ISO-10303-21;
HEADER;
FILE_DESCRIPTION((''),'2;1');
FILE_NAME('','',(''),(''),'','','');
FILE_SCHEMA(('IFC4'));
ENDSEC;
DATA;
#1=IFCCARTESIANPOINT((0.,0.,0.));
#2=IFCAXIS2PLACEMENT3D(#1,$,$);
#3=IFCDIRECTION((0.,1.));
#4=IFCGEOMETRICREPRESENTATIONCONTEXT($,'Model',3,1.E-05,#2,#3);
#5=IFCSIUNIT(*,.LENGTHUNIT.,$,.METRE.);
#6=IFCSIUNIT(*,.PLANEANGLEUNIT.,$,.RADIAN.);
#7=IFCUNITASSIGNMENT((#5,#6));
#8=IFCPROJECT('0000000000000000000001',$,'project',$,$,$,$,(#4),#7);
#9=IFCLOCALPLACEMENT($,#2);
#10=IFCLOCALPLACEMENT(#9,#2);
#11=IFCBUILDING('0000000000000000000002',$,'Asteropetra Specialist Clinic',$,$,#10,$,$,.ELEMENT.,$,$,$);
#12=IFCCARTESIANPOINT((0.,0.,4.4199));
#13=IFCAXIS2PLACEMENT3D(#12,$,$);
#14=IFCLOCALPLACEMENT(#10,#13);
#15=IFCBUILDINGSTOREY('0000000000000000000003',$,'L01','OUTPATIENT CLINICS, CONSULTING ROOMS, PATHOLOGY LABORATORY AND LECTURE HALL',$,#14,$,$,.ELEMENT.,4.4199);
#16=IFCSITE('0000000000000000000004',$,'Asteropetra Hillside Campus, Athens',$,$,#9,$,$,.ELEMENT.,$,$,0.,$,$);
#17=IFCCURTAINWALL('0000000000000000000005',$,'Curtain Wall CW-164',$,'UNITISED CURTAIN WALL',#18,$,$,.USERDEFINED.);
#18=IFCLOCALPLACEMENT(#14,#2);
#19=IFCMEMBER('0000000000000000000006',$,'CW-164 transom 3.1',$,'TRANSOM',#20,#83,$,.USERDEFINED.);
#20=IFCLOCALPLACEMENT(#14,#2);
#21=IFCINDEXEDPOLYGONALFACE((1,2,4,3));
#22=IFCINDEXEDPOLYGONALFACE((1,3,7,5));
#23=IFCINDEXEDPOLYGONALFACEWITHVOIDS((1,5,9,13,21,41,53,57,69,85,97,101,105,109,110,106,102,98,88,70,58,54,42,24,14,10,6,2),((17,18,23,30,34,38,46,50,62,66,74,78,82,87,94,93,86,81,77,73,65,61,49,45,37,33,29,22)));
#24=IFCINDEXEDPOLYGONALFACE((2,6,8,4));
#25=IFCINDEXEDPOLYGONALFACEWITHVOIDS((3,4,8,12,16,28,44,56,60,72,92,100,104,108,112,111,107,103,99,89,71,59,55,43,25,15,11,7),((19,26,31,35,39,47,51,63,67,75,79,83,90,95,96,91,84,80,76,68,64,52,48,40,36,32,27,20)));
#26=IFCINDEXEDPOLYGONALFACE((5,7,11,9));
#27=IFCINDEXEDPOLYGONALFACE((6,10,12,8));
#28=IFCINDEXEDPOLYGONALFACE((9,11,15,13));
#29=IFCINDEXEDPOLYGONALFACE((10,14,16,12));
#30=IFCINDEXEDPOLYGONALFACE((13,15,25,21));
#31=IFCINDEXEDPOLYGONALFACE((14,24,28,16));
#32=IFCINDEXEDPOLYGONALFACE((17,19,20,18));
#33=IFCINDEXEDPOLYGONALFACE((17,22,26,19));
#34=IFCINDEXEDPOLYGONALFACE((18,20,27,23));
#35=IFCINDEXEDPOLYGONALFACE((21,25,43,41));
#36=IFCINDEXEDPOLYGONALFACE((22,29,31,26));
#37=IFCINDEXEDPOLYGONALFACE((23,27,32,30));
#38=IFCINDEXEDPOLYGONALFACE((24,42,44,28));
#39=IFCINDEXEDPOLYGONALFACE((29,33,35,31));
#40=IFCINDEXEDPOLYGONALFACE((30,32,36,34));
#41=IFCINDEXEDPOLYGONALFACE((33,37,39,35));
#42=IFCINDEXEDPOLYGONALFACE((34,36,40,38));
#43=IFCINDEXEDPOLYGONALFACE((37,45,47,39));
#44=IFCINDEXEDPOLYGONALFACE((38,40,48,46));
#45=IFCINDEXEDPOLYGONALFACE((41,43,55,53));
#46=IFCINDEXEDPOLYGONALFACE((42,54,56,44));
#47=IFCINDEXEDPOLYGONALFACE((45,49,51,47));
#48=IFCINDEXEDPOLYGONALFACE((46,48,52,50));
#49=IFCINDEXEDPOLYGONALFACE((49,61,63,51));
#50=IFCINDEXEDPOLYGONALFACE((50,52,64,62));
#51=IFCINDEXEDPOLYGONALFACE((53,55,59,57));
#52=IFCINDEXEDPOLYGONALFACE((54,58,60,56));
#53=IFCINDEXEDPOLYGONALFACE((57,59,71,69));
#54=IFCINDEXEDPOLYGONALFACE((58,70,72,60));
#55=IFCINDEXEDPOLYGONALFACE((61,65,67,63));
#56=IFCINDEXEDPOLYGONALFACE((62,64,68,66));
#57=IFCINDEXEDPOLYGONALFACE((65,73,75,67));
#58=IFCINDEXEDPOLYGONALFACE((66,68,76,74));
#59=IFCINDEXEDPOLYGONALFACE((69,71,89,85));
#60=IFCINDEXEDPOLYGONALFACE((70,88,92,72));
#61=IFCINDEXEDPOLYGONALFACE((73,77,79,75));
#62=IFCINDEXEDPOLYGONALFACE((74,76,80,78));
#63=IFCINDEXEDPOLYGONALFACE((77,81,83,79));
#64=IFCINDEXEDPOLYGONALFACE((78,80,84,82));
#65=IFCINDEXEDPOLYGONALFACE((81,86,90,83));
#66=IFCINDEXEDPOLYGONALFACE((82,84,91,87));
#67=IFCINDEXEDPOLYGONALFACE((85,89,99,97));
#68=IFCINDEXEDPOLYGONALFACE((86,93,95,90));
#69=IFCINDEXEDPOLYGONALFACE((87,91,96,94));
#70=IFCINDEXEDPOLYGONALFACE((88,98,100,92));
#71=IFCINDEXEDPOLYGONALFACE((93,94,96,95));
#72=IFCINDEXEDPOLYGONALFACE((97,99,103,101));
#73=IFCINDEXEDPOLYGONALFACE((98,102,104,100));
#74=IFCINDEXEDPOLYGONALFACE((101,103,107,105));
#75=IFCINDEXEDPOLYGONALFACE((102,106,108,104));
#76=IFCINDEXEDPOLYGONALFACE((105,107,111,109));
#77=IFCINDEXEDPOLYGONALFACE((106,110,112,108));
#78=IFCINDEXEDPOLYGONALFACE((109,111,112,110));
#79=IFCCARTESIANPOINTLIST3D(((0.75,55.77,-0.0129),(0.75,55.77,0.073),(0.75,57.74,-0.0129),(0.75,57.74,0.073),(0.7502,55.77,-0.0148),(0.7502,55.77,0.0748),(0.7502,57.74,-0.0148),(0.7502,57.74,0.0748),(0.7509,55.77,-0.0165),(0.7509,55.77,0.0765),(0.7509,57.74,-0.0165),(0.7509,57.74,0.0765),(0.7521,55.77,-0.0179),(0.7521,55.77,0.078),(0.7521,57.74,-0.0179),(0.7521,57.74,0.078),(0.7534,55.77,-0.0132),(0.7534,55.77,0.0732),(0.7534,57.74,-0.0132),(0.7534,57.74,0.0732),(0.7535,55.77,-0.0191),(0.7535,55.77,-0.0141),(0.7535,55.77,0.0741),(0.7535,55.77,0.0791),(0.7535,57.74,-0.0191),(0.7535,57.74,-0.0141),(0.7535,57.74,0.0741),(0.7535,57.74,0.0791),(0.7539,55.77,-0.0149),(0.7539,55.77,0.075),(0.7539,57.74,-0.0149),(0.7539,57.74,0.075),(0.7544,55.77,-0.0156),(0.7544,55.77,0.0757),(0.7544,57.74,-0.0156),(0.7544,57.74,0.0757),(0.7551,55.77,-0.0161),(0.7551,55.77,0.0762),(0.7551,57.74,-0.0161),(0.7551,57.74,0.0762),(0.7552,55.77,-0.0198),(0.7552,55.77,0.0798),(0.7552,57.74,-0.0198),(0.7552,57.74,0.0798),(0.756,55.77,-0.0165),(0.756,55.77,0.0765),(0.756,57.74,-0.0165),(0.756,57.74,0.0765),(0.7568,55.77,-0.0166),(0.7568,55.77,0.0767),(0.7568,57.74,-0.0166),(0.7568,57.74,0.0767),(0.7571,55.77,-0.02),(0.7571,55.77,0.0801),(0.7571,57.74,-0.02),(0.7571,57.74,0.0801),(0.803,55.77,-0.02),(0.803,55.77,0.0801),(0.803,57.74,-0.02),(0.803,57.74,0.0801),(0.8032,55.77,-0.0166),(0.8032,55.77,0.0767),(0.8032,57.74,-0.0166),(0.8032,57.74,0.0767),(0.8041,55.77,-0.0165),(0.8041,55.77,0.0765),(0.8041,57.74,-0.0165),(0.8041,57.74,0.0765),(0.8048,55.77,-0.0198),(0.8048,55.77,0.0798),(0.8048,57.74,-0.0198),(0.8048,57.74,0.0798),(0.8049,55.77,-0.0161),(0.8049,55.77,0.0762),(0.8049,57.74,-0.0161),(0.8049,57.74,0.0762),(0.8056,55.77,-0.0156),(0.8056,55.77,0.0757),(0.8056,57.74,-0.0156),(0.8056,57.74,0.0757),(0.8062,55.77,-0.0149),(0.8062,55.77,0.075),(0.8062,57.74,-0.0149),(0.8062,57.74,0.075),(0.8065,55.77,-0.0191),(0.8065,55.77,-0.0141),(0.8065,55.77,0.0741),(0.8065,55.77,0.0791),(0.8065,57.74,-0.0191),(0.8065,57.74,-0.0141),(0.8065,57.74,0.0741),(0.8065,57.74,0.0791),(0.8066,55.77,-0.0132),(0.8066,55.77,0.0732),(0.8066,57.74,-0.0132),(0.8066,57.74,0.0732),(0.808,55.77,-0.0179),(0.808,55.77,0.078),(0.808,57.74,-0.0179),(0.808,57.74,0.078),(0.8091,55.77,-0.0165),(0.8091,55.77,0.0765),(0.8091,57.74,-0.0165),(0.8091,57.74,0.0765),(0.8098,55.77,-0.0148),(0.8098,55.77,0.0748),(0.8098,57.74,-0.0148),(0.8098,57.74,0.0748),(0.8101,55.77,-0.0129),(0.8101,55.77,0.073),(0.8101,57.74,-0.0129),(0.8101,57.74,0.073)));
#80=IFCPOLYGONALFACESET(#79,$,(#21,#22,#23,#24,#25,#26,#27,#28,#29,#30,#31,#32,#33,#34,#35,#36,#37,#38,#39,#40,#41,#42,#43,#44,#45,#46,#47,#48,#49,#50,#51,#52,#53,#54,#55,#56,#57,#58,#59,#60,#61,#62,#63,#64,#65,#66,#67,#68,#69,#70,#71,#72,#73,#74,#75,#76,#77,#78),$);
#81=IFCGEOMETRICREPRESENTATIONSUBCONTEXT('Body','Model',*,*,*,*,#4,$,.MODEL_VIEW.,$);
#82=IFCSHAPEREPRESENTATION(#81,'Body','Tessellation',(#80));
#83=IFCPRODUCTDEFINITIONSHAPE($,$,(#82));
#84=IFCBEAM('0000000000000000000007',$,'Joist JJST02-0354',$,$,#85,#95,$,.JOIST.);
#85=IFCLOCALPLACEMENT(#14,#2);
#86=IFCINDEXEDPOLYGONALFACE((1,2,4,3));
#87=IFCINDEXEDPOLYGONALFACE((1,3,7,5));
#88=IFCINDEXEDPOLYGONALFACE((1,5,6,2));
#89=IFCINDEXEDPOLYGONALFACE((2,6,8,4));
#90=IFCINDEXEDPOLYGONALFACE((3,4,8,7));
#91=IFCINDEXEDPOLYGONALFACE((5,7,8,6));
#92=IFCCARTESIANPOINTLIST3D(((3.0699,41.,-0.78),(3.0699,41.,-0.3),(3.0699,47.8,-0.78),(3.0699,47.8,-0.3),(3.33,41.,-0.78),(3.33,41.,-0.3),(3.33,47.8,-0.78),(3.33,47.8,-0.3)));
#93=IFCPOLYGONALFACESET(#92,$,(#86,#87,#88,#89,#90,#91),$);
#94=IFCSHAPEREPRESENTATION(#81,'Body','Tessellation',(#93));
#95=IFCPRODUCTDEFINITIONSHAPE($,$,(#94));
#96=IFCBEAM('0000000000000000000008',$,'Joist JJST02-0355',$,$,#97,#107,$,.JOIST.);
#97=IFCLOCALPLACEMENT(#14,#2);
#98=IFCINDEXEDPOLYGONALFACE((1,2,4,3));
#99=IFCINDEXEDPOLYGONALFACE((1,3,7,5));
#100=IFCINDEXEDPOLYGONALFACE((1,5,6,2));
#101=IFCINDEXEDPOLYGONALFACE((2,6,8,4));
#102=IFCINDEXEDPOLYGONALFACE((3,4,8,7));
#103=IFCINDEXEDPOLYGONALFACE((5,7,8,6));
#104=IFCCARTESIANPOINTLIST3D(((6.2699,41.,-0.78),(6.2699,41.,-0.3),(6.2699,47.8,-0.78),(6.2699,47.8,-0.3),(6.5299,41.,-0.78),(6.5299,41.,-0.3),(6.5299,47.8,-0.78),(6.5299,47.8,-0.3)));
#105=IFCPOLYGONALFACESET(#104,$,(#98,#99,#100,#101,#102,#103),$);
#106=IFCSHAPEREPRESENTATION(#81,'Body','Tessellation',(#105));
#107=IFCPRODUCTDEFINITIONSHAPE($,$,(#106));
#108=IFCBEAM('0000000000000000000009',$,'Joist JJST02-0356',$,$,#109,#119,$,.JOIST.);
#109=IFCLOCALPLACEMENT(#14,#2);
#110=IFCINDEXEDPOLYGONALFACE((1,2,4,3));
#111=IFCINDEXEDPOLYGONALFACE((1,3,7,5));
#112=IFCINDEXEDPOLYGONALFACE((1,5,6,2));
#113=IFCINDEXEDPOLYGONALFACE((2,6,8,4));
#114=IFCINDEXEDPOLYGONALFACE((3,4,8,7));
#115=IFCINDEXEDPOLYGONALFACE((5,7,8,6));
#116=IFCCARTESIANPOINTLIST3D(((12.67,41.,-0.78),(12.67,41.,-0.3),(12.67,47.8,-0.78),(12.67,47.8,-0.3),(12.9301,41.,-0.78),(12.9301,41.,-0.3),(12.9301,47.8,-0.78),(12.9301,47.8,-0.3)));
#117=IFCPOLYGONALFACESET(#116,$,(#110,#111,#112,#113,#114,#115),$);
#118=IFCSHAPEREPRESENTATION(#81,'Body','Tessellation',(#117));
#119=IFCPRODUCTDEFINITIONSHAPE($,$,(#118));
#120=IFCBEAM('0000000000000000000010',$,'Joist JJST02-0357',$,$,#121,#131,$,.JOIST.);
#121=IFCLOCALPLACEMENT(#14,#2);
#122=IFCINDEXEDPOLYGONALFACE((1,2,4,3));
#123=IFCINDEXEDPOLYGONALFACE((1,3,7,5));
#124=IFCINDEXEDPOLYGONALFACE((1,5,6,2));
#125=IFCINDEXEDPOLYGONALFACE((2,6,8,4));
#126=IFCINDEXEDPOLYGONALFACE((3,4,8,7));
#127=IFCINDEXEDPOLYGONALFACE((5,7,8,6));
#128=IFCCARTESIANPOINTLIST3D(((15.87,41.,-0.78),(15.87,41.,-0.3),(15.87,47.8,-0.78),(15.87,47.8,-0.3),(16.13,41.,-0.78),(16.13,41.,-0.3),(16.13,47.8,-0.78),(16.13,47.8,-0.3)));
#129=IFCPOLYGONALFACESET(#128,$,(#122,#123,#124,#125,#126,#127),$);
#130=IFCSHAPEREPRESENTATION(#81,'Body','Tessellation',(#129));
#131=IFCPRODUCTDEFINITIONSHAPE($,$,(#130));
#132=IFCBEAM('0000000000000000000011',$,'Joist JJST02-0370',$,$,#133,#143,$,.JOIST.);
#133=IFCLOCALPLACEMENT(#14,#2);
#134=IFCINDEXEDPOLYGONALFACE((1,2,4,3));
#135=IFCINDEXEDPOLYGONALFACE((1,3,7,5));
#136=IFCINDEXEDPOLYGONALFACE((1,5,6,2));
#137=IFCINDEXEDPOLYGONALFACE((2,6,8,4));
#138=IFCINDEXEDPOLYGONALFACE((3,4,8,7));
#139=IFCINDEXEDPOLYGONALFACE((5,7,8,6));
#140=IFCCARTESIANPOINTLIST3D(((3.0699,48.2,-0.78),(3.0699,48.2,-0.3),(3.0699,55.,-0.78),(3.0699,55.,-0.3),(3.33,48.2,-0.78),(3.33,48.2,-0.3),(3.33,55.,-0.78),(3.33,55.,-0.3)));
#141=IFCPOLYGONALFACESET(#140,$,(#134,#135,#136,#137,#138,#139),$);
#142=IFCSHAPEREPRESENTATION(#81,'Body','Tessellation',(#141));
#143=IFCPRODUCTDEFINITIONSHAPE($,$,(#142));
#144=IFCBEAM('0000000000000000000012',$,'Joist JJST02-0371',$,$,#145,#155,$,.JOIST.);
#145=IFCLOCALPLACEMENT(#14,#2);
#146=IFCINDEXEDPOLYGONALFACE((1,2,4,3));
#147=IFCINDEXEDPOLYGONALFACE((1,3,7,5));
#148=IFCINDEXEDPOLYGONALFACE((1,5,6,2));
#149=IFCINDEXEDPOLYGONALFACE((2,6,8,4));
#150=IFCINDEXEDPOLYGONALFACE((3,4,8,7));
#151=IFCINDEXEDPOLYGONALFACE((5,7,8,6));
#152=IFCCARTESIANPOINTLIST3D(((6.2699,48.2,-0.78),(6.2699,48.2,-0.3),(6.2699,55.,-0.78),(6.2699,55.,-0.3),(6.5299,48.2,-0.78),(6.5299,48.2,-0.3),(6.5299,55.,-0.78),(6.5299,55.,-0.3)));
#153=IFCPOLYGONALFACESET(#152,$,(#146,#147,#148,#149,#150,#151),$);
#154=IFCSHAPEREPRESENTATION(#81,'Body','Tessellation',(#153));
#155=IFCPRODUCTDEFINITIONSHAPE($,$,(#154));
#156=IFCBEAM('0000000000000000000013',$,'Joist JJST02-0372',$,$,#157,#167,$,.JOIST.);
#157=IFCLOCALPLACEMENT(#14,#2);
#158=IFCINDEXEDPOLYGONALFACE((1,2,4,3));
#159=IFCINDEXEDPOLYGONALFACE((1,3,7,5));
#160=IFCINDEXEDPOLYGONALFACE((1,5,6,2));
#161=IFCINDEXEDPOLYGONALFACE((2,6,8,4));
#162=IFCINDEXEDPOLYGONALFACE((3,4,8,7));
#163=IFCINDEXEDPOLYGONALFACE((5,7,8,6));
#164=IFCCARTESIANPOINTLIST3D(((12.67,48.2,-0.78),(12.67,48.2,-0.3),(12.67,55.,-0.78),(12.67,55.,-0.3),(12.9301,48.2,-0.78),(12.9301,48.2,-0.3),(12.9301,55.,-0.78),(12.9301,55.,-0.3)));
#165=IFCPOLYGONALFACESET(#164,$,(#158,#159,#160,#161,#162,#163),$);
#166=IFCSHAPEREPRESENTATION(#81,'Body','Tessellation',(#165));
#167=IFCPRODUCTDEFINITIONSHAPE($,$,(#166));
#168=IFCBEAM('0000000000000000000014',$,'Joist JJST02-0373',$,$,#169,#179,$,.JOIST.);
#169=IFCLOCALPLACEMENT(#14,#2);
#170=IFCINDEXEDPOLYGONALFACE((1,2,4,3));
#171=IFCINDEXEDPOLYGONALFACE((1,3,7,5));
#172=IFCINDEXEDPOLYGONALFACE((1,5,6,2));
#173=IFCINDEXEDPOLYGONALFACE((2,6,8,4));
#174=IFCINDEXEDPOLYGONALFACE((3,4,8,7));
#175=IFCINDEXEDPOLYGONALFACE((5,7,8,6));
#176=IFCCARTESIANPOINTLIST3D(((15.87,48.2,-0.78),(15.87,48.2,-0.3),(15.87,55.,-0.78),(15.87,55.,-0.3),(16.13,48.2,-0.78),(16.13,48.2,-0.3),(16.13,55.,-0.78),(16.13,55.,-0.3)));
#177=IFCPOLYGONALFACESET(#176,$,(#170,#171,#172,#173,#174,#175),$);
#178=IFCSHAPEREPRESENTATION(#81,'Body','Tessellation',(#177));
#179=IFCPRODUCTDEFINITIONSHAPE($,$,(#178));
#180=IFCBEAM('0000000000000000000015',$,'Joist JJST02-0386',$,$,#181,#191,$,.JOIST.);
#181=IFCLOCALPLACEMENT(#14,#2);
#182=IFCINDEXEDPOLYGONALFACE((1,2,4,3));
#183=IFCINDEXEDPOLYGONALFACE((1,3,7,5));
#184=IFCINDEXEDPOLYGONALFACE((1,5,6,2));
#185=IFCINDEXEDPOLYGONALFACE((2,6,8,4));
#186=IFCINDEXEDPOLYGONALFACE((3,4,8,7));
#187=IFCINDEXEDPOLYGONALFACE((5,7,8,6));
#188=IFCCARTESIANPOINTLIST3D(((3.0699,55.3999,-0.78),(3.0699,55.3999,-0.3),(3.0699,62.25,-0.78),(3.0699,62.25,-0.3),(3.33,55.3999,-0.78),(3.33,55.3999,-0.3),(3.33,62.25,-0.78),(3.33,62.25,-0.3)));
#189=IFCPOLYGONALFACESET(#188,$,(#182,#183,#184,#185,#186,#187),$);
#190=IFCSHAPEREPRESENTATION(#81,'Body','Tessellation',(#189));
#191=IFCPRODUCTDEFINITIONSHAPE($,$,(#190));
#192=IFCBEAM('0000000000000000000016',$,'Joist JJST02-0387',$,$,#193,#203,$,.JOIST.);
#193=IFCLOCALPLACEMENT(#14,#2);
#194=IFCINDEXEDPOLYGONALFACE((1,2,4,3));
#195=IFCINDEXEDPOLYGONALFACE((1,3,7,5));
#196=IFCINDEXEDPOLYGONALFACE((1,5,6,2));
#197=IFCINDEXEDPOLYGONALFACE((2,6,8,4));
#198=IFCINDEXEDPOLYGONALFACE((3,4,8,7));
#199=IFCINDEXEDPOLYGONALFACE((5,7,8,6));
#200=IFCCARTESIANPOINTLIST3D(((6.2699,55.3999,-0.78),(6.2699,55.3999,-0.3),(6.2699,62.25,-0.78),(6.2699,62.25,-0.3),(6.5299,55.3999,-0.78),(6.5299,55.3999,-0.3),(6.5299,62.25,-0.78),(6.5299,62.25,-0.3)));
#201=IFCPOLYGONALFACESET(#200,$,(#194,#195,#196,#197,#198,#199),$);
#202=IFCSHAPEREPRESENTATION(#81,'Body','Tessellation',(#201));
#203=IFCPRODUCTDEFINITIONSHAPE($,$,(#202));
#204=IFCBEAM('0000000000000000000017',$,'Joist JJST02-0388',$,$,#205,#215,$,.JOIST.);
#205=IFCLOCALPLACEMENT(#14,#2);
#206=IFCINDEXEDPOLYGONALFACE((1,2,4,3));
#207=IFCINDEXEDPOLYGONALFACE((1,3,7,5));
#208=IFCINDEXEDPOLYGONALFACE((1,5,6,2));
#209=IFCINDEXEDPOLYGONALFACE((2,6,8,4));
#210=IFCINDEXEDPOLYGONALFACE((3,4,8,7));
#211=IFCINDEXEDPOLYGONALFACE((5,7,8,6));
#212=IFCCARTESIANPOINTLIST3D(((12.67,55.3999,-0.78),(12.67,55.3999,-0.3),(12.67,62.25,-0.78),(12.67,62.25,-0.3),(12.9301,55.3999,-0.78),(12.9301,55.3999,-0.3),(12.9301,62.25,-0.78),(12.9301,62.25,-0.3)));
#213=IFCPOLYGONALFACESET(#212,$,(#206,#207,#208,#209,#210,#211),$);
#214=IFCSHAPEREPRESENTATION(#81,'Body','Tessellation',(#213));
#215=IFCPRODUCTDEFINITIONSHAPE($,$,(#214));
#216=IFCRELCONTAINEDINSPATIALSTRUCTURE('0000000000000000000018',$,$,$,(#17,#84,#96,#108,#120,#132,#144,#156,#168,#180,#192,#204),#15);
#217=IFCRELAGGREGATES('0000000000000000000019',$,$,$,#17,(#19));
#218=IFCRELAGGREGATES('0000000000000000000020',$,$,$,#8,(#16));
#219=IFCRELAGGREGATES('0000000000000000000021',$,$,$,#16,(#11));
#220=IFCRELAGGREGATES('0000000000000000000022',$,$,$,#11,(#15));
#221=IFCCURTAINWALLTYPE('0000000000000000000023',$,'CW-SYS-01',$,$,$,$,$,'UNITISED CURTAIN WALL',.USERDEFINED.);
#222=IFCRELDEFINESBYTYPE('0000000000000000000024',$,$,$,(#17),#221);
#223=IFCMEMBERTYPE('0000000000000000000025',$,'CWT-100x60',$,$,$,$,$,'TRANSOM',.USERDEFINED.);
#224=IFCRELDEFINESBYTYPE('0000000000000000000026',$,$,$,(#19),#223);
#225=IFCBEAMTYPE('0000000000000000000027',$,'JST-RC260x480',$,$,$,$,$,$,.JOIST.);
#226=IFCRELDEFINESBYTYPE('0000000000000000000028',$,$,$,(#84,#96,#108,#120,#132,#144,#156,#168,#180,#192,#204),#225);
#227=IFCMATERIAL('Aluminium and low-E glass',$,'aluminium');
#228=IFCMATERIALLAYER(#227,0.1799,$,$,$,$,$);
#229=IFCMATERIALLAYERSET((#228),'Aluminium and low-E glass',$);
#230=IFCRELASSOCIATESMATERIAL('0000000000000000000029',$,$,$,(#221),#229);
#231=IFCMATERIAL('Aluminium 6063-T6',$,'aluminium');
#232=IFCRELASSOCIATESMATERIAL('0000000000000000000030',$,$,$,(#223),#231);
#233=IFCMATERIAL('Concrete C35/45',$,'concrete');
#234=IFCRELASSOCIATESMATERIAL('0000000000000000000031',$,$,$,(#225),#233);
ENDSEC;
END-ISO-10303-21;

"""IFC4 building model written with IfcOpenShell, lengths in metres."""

from ifc_helpers import new_model, si_unit, direction, frame, origin, origin_2d, place, context, subcontext, project, spatial, rectangle, hollow_rectangle, extrude, material, layer, layer_set, material_profile, profile_set, type_object, element, aggregate, save


model = new_model("IFC4")

# Units and contexts
model_context = context("Model", 3, precision=1e-05, world=origin(), true_north=direction((0.0, 1.0)))
body_context = subcontext(model_context, "Body", "Model", "MODEL_VIEW")
ifc_project = project(units=[si_unit("LENGTHUNIT", "METRE"), si_unit("PLANEANGLEUNIT", "RADIAN")], contexts=[model_context])

# Site, building, storey
site_placement = place(None, origin())
site = spatial("IfcSite", under=ifc_project, at=site_placement, Name="Asteropetra Hillside Campus, Athens", CompositionType="ELEMENT", RefElevation=0.0)
building_placement = place(site_placement, origin())
building = spatial("IfcBuilding", under=site, at=building_placement, Name="Asteropetra Specialist Clinic", CompositionType="ELEMENT")
storey_placement = place(building_placement, frame((0.0, 0.0, 4.4199)))
storey = spatial("IfcBuildingStorey", under=building, at=storey_placement, Name="L01", Description="OUTPATIENT CLINICS, CONSULTING ROOMS, PATHOLOGY LABORATORY AND LECTURE HALL", CompositionType="ELEMENT", Elevation=4.4199)

# Curtain wall, member
ifc_material_1 = material(Name="Aluminium and low-E glass", Category="aluminium")
ifc_layer_1 = layer(ifc_material_1, 0.1799)
ifc_layer_set_1 = layer_set([ifc_layer_1], Name="Aluminium and low-E glass")
curtain_wall_type = type_object("IfcCurtainWallType", Name="CW-SYS-01", ElementType="UNITISED CURTAIN WALL", PredefinedType="USERDEFINED", material=ifc_layer_set_1)
curtain_wall_placement = place(storey_placement, origin())
curtain_wall = element("IfcCurtainWall", 1, at=curtain_wall_placement, inside=storey, type_object=curtain_wall_type, Name="Curtain Wall CW-164", ObjectType="UNITISED CURTAIN WALL", PredefinedType="USERDEFINED")
ifc_material_2 = material(Name="Aluminium 6063-T6", Category="aluminium")
ifc_material_profile_1 = material_profile(ifc_material_2, hollow_rectangle(XDim=0.0601, YDim=0.1001, WallThickness=0.0034, InnerFilletRadius=0.0034, OuterFilletRadius=0.0071, at=origin_2d()), Name="TRN 100x60x3.5")
ifc_profile_set_1 = profile_set([ifc_material_profile_1], Name="Aluminium 6063-T6")
member_type = type_object("IfcMemberType", Name="CWT-100x60", ElementType="TRANSOM", PredefinedType="USERDEFINED", material=ifc_profile_set_1)
member_placement = place(storey_placement, frame((0.78, 57.74, 0.03), z_axis=(0.0, -1.0, 0.0), x_axis=(1.0, 0.0, 0.0)))
member = element("IfcMember", 2, at=member_placement, type_object=member_type, Name="CW-164 transom 3.1", ObjectType="TRANSOM", PredefinedType="USERDEFINED", context=body_context, shape_type="SweptSolid", body=[
    extrude(hollow_rectangle(XDim=0.0601, YDim=0.1001, WallThickness=0.0034, InnerFilletRadius=0.0034, OuterFilletRadius=0.0071, at=origin_2d()), origin(), (0.0, 0.0, 1.0), 1.97),
])

# Beams
ifc_material_3 = material(Name="Concrete C35/45", Category="concrete")
ifc_material_profile_2 = material_profile(ifc_material_3, rectangle(XDim=0.26, YDim=0.48, at=origin_2d()), Name="RCJ 260x480")
ifc_profile_set_2 = profile_set([ifc_material_profile_2], Name="Concrete C35/45")
beam_type_1 = type_object("IfcBeamType", Name="JST-RC260x480", PredefinedType="JOIST", material=ifc_profile_set_2)
for number, where, z_axis, x_axis, name in (
    (3, (3.2, 41.0, -0.54), (0.0, 1.0, 0.0), (-1.0, 0.0, 0.0), "Joist JJST02-0354"),
    (4, (6.3999, 41.0, -0.54), (0.0, 1.0, 0.0), (-1.0, 0.0, 0.0), "Joist JJST02-0355"),
    (5, (12.8, 41.0, -0.54), (0.0, 1.0, 0.0), (-1.0, 0.0, 0.0), "Joist JJST02-0356"),
    (6, (16.0, 41.0, -0.54), (0.0, 1.0, 0.0), (-1.0, 0.0, 0.0), "Joist JJST02-0357"),
    (7, (3.2, 48.2, -0.54), (0.0, 1.0, 0.0), (-1.0, 0.0, 0.0), "Joist JJST02-0370"),
    (8, (6.3999, 48.2, -0.54), (0.0, 1.0, 0.0), (-1.0, 0.0, 0.0), "Joist JJST02-0371"),
    (9, (12.8, 48.2, -0.54), (0.0, 1.0, 0.0), (-1.0, 0.0, 0.0), "Joist JJST02-0372"),
    (10, (16.0, 48.2, -0.54), (0.0, 1.0, 0.0), (-1.0, 0.0, 0.0), "Joist JJST02-0373"),
):
    element("IfcBeam", number, at=place(storey_placement, frame(where, z_axis=z_axis, x_axis=x_axis)), inside=storey, type_object=beam_type_1, Name=name, PredefinedType="JOIST", context=body_context, shape_type="SweptSolid", body=[
        extrude(rectangle(XDim=0.26, YDim=0.48, at=origin_2d()), origin(), (0.0, 0.0, 1.0), 6.8),
    ])
for number, where, z_axis, x_axis, name in (
    (11, (3.2, 55.3999, -0.54), (0.0, 1.0, 0.0), (-1.0, 0.0, 0.0), "Joist JJST02-0386"),
    (12, (6.3999, 55.3999, -0.54), (0.0, 1.0, 0.0), (-1.0, 0.0, 0.0), "Joist JJST02-0387"),
    (13, (12.8, 55.3999, -0.54), (0.0, 1.0, 0.0), (-1.0, 0.0, 0.0), "Joist JJST02-0388"),
):
    element("IfcBeam", number, at=place(storey_placement, frame(where, z_axis=z_axis, x_axis=x_axis)), inside=storey, type_object=beam_type_1, Name=name, PredefinedType="JOIST", context=body_context, shape_type="SweptSolid", body=[
        extrude(rectangle(XDim=0.26, YDim=0.48, at=origin_2d()), origin(), (0.0, 0.0, 1.0), 6.8501),
    ])

aggregate(curtain_wall, [member])

save(model, "model.ifc")
